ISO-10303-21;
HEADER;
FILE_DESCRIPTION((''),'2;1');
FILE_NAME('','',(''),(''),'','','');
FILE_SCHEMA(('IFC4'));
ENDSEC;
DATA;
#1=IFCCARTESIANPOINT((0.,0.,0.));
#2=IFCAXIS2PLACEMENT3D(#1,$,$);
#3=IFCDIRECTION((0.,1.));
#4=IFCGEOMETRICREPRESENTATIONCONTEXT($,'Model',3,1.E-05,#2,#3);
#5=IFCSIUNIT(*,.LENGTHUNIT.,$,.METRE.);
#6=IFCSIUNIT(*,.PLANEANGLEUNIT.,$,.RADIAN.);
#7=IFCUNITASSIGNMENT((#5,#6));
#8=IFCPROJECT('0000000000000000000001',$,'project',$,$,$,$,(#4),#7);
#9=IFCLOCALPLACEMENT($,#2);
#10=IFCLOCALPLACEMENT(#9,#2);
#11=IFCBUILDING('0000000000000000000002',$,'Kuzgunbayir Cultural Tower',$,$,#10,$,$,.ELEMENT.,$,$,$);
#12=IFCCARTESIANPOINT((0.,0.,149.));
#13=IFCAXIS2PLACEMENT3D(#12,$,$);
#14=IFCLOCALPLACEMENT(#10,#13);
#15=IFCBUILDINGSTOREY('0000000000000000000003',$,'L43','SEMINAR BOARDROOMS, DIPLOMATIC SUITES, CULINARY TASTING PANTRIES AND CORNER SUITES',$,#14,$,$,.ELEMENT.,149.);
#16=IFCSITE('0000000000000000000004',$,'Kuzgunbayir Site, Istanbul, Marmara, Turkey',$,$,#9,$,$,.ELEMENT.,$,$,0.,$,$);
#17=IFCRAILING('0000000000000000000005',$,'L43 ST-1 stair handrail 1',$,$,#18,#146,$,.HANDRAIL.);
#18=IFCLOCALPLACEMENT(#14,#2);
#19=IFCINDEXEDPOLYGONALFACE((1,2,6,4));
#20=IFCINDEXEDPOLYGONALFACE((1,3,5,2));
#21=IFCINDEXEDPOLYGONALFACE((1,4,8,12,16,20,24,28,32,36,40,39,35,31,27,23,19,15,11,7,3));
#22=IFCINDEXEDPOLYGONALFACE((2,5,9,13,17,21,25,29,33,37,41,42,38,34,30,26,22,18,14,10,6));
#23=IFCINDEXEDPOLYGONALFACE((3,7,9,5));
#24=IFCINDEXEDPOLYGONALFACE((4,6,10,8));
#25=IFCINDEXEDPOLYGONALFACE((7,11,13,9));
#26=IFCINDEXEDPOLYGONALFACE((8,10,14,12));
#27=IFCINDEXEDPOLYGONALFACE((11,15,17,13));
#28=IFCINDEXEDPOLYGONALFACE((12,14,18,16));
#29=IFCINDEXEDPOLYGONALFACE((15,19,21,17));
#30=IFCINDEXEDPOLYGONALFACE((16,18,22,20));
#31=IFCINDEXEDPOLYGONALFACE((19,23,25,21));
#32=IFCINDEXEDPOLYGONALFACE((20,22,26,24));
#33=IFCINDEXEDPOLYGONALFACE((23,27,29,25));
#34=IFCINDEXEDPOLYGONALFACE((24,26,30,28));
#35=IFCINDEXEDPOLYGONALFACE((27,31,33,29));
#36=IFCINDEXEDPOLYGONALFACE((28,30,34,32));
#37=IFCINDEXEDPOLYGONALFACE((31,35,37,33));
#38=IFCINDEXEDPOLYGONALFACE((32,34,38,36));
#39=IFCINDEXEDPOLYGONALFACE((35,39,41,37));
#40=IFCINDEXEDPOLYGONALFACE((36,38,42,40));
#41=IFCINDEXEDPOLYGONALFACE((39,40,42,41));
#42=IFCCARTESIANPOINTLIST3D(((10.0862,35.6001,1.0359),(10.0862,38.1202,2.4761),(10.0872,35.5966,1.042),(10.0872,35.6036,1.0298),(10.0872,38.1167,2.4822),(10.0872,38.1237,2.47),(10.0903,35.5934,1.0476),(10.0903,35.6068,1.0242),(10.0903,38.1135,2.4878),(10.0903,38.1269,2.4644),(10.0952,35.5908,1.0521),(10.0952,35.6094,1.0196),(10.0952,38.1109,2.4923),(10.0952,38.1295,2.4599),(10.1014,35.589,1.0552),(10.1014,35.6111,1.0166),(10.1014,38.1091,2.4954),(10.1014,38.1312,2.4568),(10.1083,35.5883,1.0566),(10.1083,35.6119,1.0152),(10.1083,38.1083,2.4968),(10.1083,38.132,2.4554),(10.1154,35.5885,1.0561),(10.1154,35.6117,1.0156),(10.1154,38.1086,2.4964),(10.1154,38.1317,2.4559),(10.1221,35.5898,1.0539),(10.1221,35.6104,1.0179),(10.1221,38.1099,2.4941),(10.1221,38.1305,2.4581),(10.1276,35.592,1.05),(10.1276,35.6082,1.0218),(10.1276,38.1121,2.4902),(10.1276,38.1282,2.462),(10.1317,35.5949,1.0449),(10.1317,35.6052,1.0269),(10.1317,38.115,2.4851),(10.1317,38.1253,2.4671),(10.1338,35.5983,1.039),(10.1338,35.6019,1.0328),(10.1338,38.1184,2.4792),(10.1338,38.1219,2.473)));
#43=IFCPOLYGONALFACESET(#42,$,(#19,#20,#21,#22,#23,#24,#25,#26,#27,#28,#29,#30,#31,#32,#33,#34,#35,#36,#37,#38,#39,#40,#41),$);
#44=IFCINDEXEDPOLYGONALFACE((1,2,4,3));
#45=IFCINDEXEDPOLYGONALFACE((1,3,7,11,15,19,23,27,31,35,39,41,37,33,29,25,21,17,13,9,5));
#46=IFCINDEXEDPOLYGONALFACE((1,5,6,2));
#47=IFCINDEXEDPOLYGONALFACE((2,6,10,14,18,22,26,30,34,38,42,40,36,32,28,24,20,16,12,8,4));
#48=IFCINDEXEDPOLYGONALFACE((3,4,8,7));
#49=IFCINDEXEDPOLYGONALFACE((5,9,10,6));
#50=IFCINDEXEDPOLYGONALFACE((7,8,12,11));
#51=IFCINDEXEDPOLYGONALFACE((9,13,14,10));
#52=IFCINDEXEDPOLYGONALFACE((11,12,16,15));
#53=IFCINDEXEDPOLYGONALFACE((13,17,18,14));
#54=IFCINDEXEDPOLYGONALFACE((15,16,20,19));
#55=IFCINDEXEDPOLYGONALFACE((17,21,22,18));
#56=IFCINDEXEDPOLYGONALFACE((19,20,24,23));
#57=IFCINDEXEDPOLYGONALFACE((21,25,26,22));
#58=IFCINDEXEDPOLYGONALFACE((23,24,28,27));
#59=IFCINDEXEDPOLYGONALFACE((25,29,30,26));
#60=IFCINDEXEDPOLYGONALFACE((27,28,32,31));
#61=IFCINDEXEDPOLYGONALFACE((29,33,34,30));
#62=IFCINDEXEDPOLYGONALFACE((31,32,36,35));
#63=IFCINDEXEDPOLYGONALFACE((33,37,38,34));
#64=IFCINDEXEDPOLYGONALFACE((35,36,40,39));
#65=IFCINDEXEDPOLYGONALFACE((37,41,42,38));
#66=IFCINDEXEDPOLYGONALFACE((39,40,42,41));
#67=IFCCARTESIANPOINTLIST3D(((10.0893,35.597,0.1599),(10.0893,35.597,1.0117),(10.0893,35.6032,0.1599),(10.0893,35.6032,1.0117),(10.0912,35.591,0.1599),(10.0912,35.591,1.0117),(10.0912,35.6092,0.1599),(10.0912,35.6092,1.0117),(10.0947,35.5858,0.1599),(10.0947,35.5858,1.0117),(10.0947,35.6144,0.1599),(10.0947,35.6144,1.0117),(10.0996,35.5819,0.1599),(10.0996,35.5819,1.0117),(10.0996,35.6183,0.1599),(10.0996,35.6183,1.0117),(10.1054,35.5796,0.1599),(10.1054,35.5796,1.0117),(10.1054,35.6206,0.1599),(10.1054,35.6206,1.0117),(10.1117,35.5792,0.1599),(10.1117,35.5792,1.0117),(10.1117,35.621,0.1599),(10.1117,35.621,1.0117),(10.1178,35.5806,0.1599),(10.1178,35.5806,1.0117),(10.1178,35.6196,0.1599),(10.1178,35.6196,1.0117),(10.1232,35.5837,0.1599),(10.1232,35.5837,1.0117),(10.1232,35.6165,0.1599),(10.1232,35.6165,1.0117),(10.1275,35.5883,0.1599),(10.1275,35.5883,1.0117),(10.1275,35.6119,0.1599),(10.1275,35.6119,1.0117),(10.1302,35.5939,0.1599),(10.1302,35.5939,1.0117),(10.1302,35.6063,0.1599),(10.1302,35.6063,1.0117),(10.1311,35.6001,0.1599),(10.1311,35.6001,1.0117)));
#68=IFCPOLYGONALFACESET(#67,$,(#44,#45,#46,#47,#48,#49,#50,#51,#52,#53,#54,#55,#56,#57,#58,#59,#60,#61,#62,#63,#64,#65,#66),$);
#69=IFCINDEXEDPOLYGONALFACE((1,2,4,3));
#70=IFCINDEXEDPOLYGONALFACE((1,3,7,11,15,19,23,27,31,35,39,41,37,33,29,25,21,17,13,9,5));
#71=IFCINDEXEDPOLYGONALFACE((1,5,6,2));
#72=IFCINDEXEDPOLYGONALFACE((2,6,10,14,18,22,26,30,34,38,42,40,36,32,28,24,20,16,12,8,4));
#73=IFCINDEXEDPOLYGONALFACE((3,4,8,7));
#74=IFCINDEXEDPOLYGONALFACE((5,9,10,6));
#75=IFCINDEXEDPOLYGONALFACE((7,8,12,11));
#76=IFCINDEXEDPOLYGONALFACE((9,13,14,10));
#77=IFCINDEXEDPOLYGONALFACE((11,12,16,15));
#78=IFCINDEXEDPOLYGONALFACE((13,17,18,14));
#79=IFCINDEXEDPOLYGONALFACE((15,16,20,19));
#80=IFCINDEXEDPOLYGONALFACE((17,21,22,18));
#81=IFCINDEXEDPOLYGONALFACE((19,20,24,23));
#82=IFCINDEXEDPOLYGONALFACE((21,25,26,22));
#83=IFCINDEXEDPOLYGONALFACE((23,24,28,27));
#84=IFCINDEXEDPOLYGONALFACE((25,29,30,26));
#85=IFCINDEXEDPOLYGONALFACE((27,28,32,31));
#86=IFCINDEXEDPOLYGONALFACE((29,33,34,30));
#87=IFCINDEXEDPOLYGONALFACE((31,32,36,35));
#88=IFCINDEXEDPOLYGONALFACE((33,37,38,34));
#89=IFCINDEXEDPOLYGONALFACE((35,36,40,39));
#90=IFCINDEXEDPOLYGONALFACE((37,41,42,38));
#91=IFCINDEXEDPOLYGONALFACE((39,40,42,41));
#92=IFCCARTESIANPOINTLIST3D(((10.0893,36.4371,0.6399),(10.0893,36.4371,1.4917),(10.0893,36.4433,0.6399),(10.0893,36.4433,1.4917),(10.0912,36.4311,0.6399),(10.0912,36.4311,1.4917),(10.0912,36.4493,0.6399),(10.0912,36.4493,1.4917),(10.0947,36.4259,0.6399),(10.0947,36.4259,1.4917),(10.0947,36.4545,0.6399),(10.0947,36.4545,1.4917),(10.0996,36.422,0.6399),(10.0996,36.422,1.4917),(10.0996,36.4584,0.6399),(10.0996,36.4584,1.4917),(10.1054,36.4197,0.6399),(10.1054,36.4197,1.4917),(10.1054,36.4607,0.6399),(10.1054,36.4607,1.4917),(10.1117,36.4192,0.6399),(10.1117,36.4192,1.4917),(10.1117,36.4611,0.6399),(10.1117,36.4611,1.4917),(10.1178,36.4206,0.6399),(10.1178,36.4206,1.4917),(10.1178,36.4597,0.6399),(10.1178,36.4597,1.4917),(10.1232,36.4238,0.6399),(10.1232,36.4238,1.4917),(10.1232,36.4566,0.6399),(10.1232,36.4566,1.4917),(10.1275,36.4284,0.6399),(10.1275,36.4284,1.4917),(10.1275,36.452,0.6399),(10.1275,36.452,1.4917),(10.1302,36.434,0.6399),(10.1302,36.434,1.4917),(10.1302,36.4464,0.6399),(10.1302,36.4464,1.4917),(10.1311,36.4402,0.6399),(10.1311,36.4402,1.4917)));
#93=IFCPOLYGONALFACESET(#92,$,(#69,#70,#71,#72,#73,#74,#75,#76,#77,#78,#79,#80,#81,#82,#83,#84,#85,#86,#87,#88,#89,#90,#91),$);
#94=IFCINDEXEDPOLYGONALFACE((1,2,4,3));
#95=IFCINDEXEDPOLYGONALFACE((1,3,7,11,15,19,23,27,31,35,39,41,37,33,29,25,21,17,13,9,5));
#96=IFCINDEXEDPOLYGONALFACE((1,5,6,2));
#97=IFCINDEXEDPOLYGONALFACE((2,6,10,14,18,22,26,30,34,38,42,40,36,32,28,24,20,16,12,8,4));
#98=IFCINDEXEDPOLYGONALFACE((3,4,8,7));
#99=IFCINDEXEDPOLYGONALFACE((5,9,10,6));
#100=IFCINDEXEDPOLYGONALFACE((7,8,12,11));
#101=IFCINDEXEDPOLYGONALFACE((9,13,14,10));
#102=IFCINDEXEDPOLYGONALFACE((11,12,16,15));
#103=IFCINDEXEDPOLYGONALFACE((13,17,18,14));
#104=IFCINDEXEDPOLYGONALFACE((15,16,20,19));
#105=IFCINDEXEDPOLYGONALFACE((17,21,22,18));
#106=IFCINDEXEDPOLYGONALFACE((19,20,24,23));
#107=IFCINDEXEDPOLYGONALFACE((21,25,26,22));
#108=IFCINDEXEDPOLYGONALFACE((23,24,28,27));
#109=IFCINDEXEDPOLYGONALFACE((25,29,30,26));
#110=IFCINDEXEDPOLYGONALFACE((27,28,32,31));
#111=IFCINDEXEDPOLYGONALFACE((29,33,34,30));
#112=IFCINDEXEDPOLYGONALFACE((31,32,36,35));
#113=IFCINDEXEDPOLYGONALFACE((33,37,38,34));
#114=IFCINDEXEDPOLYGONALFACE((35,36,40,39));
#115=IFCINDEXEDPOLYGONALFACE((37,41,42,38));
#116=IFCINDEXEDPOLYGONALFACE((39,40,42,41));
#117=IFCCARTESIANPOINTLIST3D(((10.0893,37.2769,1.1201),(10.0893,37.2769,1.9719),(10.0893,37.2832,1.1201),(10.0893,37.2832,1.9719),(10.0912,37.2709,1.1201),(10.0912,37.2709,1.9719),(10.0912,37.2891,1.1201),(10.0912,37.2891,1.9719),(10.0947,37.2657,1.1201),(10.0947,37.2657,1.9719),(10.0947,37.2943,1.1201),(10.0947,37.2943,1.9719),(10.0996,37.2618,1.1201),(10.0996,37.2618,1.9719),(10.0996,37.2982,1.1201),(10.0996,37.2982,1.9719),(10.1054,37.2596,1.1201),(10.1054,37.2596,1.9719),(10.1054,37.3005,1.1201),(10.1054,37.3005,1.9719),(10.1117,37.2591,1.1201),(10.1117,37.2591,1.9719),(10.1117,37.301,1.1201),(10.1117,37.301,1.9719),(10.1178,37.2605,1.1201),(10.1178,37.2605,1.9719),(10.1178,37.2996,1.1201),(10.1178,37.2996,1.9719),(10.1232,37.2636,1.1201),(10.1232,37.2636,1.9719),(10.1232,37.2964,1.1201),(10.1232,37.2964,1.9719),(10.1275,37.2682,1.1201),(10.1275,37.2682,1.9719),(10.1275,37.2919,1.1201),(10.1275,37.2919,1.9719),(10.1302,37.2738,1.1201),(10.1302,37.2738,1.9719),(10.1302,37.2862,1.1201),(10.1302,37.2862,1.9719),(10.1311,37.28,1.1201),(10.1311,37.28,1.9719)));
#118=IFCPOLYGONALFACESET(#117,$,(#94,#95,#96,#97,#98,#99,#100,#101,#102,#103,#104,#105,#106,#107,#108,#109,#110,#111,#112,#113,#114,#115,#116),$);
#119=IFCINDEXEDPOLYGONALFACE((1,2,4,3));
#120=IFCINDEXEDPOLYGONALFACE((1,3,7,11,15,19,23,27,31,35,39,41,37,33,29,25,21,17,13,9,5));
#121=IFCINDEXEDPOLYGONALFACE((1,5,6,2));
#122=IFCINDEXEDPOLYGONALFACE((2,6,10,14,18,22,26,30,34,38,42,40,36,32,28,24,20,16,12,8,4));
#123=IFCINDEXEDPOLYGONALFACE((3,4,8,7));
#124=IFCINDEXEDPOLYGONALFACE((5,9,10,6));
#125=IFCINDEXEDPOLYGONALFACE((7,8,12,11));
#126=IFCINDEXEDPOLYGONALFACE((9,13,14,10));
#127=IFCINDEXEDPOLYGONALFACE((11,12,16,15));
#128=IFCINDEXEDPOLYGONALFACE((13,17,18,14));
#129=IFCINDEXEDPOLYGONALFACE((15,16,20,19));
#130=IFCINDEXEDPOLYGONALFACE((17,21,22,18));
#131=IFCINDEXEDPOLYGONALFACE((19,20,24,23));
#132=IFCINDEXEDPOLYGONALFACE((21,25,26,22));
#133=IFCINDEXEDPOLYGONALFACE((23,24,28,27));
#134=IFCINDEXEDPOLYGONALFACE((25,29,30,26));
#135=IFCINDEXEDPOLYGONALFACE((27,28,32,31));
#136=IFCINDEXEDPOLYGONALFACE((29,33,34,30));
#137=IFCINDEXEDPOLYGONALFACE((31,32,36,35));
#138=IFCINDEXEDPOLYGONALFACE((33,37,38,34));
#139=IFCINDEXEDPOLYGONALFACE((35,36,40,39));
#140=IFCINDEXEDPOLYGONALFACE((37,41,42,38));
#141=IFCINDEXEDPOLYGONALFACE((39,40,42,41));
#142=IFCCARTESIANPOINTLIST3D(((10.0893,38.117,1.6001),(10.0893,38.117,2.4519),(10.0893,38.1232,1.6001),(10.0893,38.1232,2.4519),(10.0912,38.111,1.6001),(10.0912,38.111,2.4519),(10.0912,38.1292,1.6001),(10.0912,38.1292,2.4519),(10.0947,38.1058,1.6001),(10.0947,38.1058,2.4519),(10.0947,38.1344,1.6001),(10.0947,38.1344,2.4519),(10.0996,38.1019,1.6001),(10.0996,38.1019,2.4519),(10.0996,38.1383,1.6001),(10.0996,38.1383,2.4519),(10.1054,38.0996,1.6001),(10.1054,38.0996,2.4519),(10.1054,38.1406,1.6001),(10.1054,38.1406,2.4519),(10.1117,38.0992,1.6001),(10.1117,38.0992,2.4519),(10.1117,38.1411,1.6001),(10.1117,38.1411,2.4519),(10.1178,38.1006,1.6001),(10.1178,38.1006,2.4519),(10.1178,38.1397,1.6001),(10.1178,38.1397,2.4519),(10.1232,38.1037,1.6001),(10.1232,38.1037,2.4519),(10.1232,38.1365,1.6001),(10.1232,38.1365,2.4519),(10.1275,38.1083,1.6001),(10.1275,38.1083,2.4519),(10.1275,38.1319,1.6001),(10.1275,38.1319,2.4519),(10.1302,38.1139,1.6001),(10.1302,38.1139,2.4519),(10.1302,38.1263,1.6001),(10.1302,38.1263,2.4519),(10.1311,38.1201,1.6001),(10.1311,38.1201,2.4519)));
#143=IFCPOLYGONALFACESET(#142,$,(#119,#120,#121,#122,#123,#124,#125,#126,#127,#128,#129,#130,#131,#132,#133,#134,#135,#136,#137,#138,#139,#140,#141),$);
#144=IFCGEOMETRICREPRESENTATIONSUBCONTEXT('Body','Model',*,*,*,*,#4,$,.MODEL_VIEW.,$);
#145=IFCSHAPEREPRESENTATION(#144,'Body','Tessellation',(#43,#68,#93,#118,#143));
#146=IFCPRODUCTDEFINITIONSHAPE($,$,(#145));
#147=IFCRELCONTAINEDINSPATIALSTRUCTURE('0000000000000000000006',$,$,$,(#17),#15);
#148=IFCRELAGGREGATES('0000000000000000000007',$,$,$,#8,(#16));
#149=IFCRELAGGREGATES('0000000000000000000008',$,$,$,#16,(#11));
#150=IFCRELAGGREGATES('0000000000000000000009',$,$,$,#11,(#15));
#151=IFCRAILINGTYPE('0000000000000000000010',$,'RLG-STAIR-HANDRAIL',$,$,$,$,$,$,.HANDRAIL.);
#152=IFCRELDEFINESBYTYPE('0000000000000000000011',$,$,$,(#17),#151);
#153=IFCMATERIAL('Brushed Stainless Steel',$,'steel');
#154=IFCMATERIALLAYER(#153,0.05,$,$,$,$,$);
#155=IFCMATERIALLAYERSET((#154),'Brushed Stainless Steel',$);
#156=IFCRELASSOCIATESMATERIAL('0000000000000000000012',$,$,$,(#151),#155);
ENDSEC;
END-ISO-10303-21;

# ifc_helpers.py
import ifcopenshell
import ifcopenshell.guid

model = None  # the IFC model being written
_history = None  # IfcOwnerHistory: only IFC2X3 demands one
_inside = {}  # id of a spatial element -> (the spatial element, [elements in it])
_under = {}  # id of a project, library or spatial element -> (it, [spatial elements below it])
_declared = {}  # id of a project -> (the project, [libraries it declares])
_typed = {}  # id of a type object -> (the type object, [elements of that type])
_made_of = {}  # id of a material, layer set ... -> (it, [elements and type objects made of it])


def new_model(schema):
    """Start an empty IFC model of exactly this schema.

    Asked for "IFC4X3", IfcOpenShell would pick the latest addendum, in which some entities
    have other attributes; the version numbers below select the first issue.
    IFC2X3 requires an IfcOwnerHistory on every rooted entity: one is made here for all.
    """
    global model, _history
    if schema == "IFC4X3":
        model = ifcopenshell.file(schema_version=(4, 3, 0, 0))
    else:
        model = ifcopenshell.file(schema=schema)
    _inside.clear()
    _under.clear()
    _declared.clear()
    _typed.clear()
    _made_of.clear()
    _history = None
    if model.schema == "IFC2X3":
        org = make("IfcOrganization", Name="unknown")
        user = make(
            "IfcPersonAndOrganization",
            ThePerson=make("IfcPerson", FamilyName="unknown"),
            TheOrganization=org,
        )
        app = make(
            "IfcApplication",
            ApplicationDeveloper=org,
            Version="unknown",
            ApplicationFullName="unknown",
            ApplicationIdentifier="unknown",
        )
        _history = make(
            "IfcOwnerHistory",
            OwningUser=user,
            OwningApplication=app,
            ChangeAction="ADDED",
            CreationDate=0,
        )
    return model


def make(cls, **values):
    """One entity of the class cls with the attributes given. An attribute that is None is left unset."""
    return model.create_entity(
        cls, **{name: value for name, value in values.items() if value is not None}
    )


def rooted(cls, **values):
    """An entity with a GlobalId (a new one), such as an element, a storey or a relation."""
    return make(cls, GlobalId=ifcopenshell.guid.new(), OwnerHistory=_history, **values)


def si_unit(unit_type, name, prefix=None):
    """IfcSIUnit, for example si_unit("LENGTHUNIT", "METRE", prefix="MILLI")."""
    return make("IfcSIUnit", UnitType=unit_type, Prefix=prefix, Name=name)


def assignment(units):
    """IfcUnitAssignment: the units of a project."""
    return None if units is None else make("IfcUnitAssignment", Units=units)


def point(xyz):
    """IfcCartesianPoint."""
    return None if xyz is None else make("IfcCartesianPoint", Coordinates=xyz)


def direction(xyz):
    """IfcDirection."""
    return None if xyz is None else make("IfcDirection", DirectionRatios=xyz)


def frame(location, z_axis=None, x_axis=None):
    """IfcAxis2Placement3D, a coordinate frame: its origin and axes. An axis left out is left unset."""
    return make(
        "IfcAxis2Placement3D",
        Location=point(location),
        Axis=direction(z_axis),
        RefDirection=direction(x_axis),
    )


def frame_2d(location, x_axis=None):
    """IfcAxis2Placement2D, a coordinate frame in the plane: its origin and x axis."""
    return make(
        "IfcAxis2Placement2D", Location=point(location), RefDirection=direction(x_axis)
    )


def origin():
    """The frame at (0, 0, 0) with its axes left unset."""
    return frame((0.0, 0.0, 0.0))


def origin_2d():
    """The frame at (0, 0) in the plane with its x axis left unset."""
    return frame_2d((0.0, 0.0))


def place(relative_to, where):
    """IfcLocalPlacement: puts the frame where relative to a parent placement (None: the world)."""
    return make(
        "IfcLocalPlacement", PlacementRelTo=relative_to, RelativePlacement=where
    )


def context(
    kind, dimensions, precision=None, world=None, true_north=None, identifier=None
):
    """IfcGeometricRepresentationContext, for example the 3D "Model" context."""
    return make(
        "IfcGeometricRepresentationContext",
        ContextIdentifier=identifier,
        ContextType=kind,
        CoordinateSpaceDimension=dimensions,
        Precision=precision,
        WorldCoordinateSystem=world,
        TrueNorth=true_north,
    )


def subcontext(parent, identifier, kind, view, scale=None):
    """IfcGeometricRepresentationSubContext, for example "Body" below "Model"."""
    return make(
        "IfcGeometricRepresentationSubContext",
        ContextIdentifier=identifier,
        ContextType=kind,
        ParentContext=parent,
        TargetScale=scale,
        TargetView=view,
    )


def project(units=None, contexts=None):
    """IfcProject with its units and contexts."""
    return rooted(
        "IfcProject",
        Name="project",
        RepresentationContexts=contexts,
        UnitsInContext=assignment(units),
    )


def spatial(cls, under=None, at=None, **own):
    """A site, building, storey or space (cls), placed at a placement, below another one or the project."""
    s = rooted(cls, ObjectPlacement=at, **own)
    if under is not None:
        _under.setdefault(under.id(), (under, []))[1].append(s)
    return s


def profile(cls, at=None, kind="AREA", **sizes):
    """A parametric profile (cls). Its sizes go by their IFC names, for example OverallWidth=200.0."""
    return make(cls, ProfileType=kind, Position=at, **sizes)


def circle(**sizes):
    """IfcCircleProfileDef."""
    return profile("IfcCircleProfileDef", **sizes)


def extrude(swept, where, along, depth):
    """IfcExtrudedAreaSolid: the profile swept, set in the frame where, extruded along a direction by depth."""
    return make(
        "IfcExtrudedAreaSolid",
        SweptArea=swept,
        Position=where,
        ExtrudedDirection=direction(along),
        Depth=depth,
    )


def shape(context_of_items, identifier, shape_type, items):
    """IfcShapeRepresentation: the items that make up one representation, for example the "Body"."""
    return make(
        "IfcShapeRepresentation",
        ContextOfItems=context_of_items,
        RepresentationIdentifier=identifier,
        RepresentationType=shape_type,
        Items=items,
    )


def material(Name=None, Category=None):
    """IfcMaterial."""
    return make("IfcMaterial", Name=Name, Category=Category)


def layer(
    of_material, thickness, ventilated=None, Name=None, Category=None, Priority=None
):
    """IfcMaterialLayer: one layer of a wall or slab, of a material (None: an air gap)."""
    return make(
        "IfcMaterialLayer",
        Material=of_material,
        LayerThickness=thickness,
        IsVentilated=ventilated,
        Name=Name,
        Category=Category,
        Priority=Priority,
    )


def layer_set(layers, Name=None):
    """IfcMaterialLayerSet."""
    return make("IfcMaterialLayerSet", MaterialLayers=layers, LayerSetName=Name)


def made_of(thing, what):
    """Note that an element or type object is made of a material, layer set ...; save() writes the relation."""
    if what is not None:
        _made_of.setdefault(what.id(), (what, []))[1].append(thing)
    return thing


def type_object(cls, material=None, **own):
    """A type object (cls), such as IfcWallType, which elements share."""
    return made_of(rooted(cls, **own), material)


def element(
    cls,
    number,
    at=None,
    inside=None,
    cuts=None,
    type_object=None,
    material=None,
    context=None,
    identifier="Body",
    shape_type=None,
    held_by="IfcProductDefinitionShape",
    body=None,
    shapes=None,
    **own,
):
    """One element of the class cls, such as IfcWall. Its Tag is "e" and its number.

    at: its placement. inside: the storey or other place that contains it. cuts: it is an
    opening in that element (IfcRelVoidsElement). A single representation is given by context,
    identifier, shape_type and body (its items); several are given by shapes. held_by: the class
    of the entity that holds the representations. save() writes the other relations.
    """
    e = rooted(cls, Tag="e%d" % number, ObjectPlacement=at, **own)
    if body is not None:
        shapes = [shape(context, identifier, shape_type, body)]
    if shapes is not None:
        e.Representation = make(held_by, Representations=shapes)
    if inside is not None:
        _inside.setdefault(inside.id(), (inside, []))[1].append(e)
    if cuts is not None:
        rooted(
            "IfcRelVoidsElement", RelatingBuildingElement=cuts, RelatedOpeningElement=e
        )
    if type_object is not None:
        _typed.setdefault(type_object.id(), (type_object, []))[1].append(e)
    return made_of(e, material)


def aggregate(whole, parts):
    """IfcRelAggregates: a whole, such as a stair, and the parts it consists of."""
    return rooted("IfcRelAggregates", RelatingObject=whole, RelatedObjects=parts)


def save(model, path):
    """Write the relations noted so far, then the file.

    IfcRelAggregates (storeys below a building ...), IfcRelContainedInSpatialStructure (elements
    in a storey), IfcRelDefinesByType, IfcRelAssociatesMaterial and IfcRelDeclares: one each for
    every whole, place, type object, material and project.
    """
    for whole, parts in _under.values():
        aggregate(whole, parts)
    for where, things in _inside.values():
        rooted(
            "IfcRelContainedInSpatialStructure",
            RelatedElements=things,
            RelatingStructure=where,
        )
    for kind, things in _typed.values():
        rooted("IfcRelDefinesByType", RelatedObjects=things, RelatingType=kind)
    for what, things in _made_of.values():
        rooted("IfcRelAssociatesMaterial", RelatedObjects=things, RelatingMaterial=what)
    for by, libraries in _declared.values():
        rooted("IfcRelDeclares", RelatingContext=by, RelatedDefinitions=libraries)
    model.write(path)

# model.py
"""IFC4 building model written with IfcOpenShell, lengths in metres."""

from ifc_helpers import new_model, si_unit, direction, frame, origin, origin_2d, place, context, subcontext, project, spatial, circle, extrude, material, layer, layer_set, type_object, element, save


model = new_model("IFC4")

# Units and contexts
model_context = context("Model", 3, precision=1e-05, world=origin(), true_north=direction((0.0, 1.0)))
body_context = subcontext(model_context, "Body", "Model", "MODEL_VIEW")
ifc_project = project(units=[si_unit("LENGTHUNIT", "METRE"), si_unit("PLANEANGLEUNIT", "RADIAN")], contexts=[model_context])

# Site, building, storey
site_placement = place(None, origin())
site = spatial("IfcSite", under=ifc_project, at=site_placement, Name="Kuzgunbayir Site, Istanbul, Marmara, Turkey", CompositionType="ELEMENT", RefElevation=0.0)
building_placement = place(site_placement, origin())
building = spatial("IfcBuilding", under=site, at=building_placement, Name="Kuzgunbayir Cultural Tower", CompositionType="ELEMENT")
storey_placement = place(building_placement, frame((0.0, 0.0, 149.0)))
storey = spatial("IfcBuildingStorey", under=building, at=storey_placement, Name="L43", Description="SEMINAR BOARDROOMS, DIPLOMATIC SUITES, CULINARY TASTING PANTRIES AND CORNER SUITES", CompositionType="ELEMENT", Elevation=149.0)

# Shared definitions
ifc_material_1 = material(Name="Brushed Stainless Steel", Category="steel")

# Railing
ifc_layer_1 = layer(ifc_material_1, 0.05)
ifc_layer_set_1 = layer_set([ifc_layer_1], Name="Brushed Stainless Steel")
railing_type = type_object("IfcRailingType", Name="RLG-STAIR-HANDRAIL", PredefinedType="HANDRAIL", material=ifc_layer_set_1)
railing_placement = place(storey_placement, frame((10.1101, 35.6001, 0.1599)))
element("IfcRailing", 1, at=railing_placement, inside=storey, type_object=railing_type, Name="L43 ST-1 stair handrail 1", PredefinedType="HANDRAIL", context=body_context, shape_type="SweptSolid", body=[
    extrude(circle(Radius=0.0239, at=origin_2d()), frame((0.0, 0.0, 0.876), z_axis=(0.0, 0.868217, 0.496184), x_axis=(-1.0, 0.0, 0.0)), (0.0, 0.0, 1.0), 2.9026),
    extrude(circle(Radius=0.021, at=origin_2d()), origin(), (0.0, 0.0, 1.0), 0.8518),
    extrude(circle(Radius=0.021, at=origin_2d()), frame((0.0, 0.8401, 0.48)), (0.0, 0.0, 1.0), 0.8518),
    extrude(circle(Radius=0.021, at=origin_2d()), frame((0.0, 1.6799, 0.9602)), (0.0, 0.0, 1.0), 0.8518),
    extrude(circle(Radius=0.021, at=origin_2d()), frame((0.0, 2.52, 1.4402)), (0.0, 0.0, 1.0), 0.8518),
])

save(model, "model.ifc")
